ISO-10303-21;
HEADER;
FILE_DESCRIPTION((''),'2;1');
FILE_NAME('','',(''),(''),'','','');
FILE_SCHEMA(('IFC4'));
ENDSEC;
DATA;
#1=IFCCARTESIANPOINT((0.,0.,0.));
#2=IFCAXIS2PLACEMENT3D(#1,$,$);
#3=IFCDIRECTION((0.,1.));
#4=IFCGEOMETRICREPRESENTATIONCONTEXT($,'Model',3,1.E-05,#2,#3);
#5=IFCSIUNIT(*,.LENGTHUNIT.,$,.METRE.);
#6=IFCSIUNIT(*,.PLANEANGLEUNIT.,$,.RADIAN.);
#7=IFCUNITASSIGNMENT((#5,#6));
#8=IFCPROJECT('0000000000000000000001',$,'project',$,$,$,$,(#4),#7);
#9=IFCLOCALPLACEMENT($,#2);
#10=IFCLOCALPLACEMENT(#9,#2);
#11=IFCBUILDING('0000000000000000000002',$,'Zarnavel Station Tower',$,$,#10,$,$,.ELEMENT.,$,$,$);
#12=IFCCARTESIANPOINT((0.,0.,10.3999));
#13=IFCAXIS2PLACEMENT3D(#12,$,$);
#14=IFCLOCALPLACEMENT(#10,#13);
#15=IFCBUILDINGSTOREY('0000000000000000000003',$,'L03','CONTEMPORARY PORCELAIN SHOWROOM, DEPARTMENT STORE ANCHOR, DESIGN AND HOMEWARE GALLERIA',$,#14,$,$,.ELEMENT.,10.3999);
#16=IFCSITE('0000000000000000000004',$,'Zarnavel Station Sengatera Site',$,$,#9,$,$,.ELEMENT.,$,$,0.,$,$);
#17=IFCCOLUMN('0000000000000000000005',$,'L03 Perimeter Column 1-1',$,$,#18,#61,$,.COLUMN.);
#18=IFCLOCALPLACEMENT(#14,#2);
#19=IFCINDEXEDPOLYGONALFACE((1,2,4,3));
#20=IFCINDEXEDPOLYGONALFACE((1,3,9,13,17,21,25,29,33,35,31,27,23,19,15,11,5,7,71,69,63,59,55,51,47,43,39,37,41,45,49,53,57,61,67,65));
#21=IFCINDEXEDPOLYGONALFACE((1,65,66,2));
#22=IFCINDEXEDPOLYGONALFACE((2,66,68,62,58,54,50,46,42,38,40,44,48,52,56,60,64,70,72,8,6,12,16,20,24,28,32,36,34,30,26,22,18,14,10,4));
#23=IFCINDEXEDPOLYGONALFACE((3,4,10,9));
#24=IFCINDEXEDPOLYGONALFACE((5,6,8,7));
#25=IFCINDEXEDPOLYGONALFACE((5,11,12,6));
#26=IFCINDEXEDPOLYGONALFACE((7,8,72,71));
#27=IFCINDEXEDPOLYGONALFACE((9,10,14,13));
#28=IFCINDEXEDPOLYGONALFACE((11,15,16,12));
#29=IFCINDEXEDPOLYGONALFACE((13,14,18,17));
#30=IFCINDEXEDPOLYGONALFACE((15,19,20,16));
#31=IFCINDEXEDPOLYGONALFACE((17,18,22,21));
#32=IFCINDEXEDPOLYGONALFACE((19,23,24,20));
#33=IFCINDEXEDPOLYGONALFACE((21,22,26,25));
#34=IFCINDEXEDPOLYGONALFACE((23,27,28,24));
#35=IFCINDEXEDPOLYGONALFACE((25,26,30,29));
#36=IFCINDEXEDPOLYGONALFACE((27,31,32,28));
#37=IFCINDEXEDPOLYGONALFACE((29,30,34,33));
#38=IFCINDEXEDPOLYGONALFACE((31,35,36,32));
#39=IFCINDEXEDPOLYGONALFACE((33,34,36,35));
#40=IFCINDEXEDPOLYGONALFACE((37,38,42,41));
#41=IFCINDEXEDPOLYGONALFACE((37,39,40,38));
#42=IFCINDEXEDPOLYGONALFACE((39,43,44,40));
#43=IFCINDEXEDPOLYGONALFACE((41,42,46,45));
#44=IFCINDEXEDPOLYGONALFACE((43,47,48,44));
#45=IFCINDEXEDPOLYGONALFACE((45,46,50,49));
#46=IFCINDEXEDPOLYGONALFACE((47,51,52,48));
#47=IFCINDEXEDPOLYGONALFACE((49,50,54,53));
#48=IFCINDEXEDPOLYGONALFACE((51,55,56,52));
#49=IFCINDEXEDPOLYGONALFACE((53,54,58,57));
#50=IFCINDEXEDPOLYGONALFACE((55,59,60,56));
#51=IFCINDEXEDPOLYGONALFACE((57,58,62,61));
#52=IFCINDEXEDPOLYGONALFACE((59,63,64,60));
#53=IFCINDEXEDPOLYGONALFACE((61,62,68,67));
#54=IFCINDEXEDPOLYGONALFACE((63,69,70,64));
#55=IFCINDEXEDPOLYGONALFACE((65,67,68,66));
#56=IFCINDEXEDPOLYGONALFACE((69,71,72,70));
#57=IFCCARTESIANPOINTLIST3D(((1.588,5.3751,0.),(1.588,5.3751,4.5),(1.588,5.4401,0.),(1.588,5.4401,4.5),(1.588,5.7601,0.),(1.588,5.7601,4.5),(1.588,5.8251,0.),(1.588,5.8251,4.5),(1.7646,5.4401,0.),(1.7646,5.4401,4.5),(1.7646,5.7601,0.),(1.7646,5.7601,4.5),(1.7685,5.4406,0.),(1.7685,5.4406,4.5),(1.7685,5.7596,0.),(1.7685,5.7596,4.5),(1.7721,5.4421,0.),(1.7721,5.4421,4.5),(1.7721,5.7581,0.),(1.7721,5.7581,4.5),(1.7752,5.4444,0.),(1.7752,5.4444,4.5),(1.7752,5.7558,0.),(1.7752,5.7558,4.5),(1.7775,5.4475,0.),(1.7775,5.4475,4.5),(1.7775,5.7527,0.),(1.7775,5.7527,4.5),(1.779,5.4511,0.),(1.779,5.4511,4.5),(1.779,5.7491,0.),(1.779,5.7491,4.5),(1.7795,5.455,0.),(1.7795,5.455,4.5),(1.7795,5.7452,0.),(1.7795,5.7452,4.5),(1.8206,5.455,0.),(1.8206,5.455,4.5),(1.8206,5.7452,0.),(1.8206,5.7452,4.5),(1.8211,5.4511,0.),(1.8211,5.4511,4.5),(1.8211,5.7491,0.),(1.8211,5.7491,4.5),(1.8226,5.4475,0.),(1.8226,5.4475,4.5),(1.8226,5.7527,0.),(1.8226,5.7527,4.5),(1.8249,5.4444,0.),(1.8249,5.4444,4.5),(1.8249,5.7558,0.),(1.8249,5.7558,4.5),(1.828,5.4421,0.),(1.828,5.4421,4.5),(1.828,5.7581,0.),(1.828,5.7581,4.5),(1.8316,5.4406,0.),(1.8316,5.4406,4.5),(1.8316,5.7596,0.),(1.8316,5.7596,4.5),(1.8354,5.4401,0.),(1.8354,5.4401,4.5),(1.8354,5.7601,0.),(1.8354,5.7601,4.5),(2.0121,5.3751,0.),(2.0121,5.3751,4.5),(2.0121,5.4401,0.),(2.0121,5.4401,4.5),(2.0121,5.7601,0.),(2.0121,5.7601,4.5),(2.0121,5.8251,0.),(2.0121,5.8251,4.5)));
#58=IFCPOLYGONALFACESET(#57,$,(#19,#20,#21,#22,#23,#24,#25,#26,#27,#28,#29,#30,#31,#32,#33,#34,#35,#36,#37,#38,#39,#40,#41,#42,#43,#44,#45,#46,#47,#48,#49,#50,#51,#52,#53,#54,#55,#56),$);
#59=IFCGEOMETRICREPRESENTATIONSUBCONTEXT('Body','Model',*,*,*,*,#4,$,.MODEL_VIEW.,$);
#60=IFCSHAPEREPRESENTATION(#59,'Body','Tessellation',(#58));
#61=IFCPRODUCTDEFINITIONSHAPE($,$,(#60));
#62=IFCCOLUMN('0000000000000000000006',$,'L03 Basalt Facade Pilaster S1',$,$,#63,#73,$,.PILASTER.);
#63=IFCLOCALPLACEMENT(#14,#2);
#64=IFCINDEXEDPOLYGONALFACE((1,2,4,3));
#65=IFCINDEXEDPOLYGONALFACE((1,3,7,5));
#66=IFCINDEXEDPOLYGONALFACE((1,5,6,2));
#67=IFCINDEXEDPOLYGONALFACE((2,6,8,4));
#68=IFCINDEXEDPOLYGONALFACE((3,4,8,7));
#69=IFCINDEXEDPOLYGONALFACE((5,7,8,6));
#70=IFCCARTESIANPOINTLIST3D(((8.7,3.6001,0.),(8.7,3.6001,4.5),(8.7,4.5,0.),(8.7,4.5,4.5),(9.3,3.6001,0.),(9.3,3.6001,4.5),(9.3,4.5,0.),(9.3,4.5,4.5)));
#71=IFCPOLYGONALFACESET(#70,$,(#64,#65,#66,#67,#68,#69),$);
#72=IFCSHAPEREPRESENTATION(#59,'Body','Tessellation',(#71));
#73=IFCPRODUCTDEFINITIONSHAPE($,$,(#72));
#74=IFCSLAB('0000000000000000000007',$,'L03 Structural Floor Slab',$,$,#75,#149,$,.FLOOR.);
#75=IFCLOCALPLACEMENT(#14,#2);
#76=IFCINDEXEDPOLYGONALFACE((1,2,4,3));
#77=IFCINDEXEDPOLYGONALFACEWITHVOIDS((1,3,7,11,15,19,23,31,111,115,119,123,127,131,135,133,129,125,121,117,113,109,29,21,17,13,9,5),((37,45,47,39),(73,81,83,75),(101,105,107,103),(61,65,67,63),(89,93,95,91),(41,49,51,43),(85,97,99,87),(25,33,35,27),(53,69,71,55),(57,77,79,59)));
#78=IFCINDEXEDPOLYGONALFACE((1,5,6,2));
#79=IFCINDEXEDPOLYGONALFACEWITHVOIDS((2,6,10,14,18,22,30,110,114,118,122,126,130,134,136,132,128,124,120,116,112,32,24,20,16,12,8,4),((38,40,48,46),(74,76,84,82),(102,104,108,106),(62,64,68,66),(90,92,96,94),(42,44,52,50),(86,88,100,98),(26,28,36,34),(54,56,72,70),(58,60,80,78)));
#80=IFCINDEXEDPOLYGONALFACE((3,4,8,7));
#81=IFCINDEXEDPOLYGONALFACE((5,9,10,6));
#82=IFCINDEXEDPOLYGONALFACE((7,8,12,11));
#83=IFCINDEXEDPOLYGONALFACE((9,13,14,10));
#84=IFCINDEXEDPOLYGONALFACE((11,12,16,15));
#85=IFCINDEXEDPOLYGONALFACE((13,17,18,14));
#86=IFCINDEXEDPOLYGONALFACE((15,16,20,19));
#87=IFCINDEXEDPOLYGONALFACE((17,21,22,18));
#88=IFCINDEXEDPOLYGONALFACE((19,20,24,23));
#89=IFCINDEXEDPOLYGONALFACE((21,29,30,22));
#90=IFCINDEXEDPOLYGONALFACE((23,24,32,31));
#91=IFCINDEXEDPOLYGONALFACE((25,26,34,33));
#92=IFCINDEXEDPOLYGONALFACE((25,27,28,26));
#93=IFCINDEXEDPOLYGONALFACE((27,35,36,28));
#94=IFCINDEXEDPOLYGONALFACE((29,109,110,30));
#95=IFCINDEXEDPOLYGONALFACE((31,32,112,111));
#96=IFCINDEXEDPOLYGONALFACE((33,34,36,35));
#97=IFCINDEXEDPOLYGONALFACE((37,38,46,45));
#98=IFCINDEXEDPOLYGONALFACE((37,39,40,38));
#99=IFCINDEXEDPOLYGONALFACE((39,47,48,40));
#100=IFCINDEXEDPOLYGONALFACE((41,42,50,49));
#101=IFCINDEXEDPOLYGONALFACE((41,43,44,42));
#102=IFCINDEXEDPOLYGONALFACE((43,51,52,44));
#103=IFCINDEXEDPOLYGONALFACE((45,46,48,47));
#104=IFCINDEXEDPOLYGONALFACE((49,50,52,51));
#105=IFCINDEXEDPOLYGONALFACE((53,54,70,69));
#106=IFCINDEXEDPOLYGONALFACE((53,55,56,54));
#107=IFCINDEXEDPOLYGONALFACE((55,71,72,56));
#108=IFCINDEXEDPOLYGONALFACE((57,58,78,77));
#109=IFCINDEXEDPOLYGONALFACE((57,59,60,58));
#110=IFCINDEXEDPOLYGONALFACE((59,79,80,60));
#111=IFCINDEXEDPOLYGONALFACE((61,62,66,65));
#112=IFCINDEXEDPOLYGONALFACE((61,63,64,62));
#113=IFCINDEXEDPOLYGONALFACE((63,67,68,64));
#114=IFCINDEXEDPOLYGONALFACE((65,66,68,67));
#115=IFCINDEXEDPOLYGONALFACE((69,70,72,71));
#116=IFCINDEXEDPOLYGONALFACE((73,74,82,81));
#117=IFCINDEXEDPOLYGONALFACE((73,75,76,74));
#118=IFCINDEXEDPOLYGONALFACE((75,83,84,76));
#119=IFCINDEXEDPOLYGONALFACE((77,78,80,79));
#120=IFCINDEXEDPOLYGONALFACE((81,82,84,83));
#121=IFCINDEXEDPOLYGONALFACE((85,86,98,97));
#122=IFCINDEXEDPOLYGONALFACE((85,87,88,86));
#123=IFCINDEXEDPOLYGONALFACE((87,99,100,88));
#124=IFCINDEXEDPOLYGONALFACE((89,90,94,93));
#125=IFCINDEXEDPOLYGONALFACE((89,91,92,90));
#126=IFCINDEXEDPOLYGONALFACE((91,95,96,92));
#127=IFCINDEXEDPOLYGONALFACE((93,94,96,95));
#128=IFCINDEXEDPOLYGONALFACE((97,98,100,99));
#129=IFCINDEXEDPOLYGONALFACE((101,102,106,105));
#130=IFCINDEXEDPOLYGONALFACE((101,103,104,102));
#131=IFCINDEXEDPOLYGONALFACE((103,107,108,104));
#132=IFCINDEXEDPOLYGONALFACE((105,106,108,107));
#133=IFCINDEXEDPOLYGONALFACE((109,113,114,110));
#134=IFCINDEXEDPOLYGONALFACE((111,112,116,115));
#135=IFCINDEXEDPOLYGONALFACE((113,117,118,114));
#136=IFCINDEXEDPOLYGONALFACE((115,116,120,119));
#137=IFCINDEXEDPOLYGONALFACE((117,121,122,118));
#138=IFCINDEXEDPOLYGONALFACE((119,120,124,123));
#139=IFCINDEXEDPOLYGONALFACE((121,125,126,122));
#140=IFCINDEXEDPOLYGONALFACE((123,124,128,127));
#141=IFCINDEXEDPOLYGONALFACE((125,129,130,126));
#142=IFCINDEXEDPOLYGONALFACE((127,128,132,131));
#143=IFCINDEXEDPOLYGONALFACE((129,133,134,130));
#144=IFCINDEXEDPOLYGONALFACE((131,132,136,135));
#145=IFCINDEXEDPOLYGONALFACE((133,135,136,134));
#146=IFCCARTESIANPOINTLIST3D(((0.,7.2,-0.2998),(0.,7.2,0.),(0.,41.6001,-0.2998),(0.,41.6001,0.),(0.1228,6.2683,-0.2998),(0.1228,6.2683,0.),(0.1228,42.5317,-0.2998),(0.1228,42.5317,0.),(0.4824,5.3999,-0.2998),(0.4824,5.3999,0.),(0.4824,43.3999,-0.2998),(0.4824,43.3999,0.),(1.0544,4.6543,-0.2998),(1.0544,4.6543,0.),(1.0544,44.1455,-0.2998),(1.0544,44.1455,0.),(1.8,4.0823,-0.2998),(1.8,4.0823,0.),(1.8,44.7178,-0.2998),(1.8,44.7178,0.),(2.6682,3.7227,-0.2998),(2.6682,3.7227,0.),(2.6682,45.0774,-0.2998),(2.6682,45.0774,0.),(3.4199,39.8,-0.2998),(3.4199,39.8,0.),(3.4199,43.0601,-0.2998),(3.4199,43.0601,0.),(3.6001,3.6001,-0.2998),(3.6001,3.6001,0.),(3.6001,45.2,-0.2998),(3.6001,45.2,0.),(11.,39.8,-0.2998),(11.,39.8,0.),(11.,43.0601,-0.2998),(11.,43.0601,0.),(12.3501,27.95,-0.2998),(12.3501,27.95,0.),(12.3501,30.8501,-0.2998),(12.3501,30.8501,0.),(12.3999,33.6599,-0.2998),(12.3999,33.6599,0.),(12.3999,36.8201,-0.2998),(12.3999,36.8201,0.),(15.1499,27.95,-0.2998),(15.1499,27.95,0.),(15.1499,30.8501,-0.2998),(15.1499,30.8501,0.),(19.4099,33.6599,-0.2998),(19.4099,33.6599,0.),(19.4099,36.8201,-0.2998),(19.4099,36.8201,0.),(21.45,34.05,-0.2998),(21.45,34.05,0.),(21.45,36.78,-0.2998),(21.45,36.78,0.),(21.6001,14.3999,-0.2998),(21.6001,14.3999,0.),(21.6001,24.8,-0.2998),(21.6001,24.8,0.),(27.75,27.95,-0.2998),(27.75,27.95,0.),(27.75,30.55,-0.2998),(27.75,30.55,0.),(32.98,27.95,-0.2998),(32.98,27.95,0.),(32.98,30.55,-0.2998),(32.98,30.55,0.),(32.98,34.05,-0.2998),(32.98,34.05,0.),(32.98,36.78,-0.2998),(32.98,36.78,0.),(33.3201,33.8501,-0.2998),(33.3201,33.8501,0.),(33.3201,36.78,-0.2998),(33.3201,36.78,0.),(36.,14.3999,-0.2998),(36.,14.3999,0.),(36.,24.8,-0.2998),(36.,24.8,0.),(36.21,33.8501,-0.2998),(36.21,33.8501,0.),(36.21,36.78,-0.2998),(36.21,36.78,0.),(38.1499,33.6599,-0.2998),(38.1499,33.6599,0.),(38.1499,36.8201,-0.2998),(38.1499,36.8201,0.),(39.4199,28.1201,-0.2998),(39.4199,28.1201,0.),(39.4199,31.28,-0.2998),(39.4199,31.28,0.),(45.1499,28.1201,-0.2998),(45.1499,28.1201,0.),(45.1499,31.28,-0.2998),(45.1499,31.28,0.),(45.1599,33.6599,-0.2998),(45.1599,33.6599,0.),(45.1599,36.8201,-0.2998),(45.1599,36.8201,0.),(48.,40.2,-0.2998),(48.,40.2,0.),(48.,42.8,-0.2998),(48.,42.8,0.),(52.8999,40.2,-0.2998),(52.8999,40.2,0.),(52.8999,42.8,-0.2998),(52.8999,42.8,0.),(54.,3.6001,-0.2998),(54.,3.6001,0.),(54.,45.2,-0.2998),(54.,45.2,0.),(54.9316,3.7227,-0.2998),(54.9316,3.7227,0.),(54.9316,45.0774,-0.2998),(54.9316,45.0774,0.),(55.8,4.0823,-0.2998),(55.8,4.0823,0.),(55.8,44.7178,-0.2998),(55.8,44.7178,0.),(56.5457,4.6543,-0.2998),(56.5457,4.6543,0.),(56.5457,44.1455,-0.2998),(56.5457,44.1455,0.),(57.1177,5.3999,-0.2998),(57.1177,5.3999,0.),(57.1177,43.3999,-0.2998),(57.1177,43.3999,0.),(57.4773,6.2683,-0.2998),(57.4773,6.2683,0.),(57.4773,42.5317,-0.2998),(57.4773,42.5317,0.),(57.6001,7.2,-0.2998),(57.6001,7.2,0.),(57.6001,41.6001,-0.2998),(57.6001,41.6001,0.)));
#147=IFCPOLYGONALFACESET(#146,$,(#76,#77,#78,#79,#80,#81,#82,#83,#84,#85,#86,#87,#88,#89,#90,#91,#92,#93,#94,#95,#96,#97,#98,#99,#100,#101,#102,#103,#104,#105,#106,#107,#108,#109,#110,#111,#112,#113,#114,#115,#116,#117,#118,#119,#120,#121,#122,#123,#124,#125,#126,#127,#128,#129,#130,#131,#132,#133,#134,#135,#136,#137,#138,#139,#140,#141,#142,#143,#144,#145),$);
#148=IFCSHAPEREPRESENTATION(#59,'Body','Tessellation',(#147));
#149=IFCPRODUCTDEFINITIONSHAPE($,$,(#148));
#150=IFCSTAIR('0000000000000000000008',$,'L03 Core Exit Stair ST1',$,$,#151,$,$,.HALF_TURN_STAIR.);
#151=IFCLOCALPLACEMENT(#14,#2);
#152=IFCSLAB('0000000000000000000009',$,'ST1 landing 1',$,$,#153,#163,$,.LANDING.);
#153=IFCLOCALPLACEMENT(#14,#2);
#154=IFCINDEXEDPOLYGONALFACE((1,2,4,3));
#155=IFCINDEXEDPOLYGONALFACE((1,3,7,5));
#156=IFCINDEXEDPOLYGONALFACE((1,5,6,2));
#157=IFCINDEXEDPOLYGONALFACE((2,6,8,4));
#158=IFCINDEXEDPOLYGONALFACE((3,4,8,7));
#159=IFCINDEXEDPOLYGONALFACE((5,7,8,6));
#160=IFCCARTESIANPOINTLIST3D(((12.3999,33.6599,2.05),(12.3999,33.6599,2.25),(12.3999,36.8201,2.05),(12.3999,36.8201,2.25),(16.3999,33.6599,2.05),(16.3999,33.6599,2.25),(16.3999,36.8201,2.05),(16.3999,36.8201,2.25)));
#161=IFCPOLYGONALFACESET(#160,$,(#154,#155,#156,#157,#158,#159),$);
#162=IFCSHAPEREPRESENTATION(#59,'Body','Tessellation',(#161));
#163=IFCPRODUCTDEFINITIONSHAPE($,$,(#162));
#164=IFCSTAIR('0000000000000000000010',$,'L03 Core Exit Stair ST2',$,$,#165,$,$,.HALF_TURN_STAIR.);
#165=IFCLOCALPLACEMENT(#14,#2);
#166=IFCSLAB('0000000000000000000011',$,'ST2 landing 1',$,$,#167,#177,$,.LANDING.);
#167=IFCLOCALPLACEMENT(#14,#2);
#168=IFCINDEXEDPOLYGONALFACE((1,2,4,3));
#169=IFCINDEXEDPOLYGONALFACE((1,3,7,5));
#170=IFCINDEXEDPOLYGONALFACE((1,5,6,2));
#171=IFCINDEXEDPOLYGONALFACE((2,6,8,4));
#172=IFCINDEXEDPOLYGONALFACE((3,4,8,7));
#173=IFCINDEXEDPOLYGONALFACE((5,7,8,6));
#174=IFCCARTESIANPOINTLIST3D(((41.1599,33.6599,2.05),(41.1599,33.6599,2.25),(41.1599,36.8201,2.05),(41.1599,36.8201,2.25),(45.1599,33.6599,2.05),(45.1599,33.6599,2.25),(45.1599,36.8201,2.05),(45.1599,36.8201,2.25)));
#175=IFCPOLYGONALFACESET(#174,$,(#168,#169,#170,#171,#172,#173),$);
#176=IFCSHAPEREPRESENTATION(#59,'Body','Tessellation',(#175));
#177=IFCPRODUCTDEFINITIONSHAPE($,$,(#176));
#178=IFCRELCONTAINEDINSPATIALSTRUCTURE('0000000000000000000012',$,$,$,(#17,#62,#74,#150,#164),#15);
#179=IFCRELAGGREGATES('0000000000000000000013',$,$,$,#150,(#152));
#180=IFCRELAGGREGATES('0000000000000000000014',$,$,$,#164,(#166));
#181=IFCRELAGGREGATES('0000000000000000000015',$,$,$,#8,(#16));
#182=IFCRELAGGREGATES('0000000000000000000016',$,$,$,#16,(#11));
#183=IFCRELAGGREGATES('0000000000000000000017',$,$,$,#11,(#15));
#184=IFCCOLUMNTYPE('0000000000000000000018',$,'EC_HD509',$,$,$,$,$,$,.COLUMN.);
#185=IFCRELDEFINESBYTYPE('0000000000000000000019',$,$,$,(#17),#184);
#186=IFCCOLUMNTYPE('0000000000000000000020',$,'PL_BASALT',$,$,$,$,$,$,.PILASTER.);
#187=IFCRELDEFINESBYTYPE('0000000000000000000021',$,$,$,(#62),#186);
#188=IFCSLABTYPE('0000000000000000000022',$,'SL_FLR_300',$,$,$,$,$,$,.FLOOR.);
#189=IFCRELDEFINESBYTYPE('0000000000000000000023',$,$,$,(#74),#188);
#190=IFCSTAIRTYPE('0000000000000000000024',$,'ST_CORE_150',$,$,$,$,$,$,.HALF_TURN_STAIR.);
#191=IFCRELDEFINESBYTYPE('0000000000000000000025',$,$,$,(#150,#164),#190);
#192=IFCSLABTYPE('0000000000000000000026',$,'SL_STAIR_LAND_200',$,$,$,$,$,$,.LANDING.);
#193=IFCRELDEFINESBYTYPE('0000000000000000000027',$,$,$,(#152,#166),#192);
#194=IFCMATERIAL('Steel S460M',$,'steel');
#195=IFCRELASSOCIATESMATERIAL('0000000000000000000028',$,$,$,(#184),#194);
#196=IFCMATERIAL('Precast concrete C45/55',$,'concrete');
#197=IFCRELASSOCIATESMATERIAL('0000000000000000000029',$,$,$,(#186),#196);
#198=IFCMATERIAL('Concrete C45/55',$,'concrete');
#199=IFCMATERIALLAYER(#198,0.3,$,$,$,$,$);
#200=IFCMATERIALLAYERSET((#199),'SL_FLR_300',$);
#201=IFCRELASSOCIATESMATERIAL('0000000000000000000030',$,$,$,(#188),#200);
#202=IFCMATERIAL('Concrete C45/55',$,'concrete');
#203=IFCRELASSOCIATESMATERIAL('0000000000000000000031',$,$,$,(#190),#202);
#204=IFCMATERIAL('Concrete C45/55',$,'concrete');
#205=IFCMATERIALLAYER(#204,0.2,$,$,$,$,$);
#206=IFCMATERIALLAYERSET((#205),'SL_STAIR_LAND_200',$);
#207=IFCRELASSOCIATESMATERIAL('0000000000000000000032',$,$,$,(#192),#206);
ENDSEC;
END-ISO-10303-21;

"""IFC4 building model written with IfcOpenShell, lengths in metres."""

from ifc_helpers import new_model, si_unit, direction, frame, origin, origin_2d, place, context, subcontext, project, spatial, polyline, rectangle, i_section, outline, extrude, material, layer, layer_set, material_profile, profile_set, type_object, element, aggregate, save


model = new_model("IFC4")

# Units and contexts
model_context = context("Model", 3, precision=1e-05, world=origin(), true_north=direction((0.0, 1.0)))
body_context = subcontext(model_context, "Body", "Model", "MODEL_VIEW")
ifc_project = project(units=[si_unit("LENGTHUNIT", "METRE"), si_unit("PLANEANGLEUNIT", "RADIAN")], contexts=[model_context])

# Site, building, storey
site_placement = place(None, origin())
site = spatial("IfcSite", under=ifc_project, at=site_placement, Name="Zarnavel Station Sengatera Site", CompositionType="ELEMENT", RefElevation=0.0)
building_placement = place(site_placement, origin())
building = spatial("IfcBuilding", under=site, at=building_placement, Name="Zarnavel Station Tower", CompositionType="ELEMENT")
storey_placement = place(building_placement, frame((0.0, 0.0, 10.3999)))
storey = spatial("IfcBuildingStorey", under=building, at=storey_placement, Name="L03", Description="CONTEMPORARY PORCELAIN SHOWROOM, DEPARTMENT STORE ANCHOR, DESIGN AND HOMEWARE GALLERIA", CompositionType="ELEMENT", Elevation=10.3999)

# Columns
ifc_material_1 = material(Name="Steel S460M", Category="steel")
ifc_material_profile_1 = material_profile(ifc_material_1, i_section(OverallWidth=0.4241, OverallDepth=0.45, WebThickness=0.041, FlangeThickness=0.0649, FilletRadius=0.0149, at=origin_2d()), Name="HD400x509")
ifc_profile_set_1 = profile_set([ifc_material_profile_1], Name="Steel S460M")
column_type_1 = type_object("IfcColumnType", Name="EC_HD509", PredefinedType="COLUMN", material=ifc_profile_set_1)
column_1_placement = place(storey_placement, frame((1.8, 5.6001, 0.0), z_axis=(0.0, 0.0, 1.0), x_axis=(1.0, 0.0, 0.0)))
element("IfcColumn", 1, at=column_1_placement, inside=storey, type_object=column_type_1, Name="L03 Perimeter Column 1-1", PredefinedType="COLUMN", context=body_context, shape_type="SweptSolid", body=[
    extrude(i_section(OverallWidth=0.4241, OverallDepth=0.45, WebThickness=0.041, FlangeThickness=0.0649, FilletRadius=0.0149, at=origin_2d()), origin(), (0.0, 0.0, 1.0), 4.5),
])
ifc_material_2 = material(Name="Precast concrete C45/55", Category="concrete")
ifc_material_profile_2 = material_profile(ifc_material_2, rectangle(XDim=0.6001, YDim=0.8999, at=origin_2d()), Name="RC600x900")
ifc_profile_set_2 = profile_set([ifc_material_profile_2], Name="Precast concrete C45/55")
column_type_2 = type_object("IfcColumnType", Name="PL_BASALT", PredefinedType="PILASTER", material=ifc_profile_set_2)
column_2_placement = place(storey_placement, frame((9.0, 4.05, 0.0), z_axis=(0.0, 0.0, 1.0), x_axis=(1.0, 0.0, 0.0)))
element("IfcColumn", 2, at=column_2_placement, inside=storey, type_object=column_type_2, Name="L03 Basalt Facade Pilaster S1", PredefinedType="PILASTER", context=body_context, shape_type="SweptSolid", body=[
    extrude(rectangle(XDim=0.6001, YDim=0.8999, at=origin_2d()), origin(), (0.0, 0.0, 1.0), 4.5),
])

# Slab
ifc_material_3 = material(Name="Concrete C45/55", Category="concrete")
ifc_layer_1 = layer(ifc_material_3, 0.3)
ifc_layer_set_1 = layer_set([ifc_layer_1], Name="SL_FLR_300")
slab_type_1 = type_object("IfcSlabType", Name="SL_FLR_300", PredefinedType="FLOOR", material=ifc_layer_set_1)
slab_1_placement = place(storey_placement, frame((0.0, 0.0, -0.2998)))
element("IfcSlab", 3, at=slab_1_placement, inside=storey, type_object=slab_type_1, Name="L03 Structural Floor Slab", PredefinedType="FLOOR", context=body_context, shape_type="SweptSolid", body=[
    extrude(outline(polyline([(54.0, 3.6001), (54.9316, 3.7227), (55.8, 4.0823), (56.5457, 4.6543), (57.1177, 5.3999), (57.4773, 6.2683), (57.6001, 7.2), (57.6001, 41.6001), (57.4773, 42.5317), (57.1177, 43.3999), (56.5457, 44.1455), (55.8, 44.7178), (54.9316, 45.0774), (54.0, 45.2), (3.6001, 45.2), (2.6682, 45.0774), (1.8, 44.7178), (1.0544, 44.1455), (0.4824, 43.3999), (0.1228, 42.5317), (0.0, 41.6001), (0.0, 7.2), (0.1228, 6.2683), (0.4824, 5.3999), (1.0544, 4.6543), (1.8, 4.0823), (2.6682, 3.7227), (3.6001, 3.6001), (54.0, 3.6001)]), holes=[polyline([(12.3999, 33.6599), (19.4099, 33.6599), (19.4099, 36.8201), (12.3999, 36.8201), (12.3999, 33.6599)]), polyline([(38.1499, 33.6599), (45.1599, 33.6599), (45.1599, 36.8201), (38.1499, 36.8201), (38.1499, 33.6599)]), polyline([(39.4199, 28.1201), (45.1499, 28.1201), (45.1499, 31.28), (39.4199, 31.28), (39.4199, 28.1201)]), polyline([(3.4199, 39.8), (11.0, 39.8), (11.0, 43.0601), (3.4199, 43.0601), (3.4199, 39.8)]), polyline([(12.3501, 27.95), (15.1499, 27.95), (15.1499, 30.8501), (12.3501, 30.8501), (12.3501, 27.95)]), polyline([(33.3201, 33.8501), (36.21, 33.8501), (36.21, 36.78), (33.3201, 36.78), (33.3201, 33.8501)]), polyline([(21.45, 34.05), (32.98, 34.05), (32.98, 36.78), (21.45, 36.78), (21.45, 34.05)]), polyline([(27.75, 27.95), (32.98, 27.95), (32.98, 30.55), (27.75, 30.55), (27.75, 27.95)]), polyline([(48.0, 40.2), (52.8999, 40.2), (52.8999, 42.8), (48.0, 42.8), (48.0, 40.2)]), polyline([(21.6001, 14.3999), (36.0, 14.3999), (36.0, 24.8), (21.6001, 24.8), (21.6001, 14.3999)])]), origin(), (0.0, 0.0, 1.0), 0.2998),
])

# Stairs, slabs
ifc_material_4 = material(Name="Concrete C45/55", Category="concrete")
stair_type_1 = type_object("IfcStairType", Name="ST_CORE_150", PredefinedType="HALF_TURN_STAIR", material=ifc_material_4)
stair_1_placement = place(storey_placement, origin())
stair_1 = element("IfcStair", 4, at=stair_1_placement, inside=storey, type_object=stair_type_1, Name="L03 Core Exit Stair ST1", PredefinedType="HALF_TURN_STAIR")
ifc_material_5 = material(Name="Concrete C45/55", Category="concrete")
ifc_layer_2 = layer(ifc_material_5, 0.2)
ifc_layer_set_2 = layer_set([ifc_layer_2], Name="SL_STAIR_LAND_200")
slab_type_2 = type_object("IfcSlabType", Name="SL_STAIR_LAND_200", PredefinedType="LANDING", material=ifc_layer_set_2)
slab_2_placement = place(storey_placement, frame((0.0, 0.0, 2.05)))
slab_2 = element("IfcSlab", 5, at=slab_2_placement, type_object=slab_type_2, Name="ST1 landing 1", PredefinedType="LANDING", context=body_context, shape_type="SweptSolid", body=[
    extrude(outline(polyline([(16.3999, 36.8201), (12.3999, 36.8201), (12.3999, 33.6599), (16.3999, 33.6599), (16.3999, 36.8201)])), origin(), (0.0, 0.0, 1.0), 0.2),
])
aggregate(stair_1, [slab_2])
stair_2_placement = place(storey_placement, origin())
stair_2 = element("IfcStair", 6, at=stair_2_placement, inside=storey, type_object=stair_type_1, Name="L03 Core Exit Stair ST2", PredefinedType="HALF_TURN_STAIR")
slab_3_placement = place(storey_placement, frame((0.0, 0.0, 2.05)))
slab_3 = element("IfcSlab", 7, at=slab_3_placement, type_object=slab_type_2, Name="ST2 landing 1", PredefinedType="LANDING", context=body_context, shape_type="SweptSolid", body=[
    extrude(outline(polyline([(41.1599, 33.6599), (45.1599, 33.6599), (45.1599, 36.8201), (41.1599, 36.8201), (41.1599, 33.6599)])), origin(), (0.0, 0.0, 1.0), 0.2),
])
aggregate(stair_2, [slab_3])

save(model, "model.ifc")
